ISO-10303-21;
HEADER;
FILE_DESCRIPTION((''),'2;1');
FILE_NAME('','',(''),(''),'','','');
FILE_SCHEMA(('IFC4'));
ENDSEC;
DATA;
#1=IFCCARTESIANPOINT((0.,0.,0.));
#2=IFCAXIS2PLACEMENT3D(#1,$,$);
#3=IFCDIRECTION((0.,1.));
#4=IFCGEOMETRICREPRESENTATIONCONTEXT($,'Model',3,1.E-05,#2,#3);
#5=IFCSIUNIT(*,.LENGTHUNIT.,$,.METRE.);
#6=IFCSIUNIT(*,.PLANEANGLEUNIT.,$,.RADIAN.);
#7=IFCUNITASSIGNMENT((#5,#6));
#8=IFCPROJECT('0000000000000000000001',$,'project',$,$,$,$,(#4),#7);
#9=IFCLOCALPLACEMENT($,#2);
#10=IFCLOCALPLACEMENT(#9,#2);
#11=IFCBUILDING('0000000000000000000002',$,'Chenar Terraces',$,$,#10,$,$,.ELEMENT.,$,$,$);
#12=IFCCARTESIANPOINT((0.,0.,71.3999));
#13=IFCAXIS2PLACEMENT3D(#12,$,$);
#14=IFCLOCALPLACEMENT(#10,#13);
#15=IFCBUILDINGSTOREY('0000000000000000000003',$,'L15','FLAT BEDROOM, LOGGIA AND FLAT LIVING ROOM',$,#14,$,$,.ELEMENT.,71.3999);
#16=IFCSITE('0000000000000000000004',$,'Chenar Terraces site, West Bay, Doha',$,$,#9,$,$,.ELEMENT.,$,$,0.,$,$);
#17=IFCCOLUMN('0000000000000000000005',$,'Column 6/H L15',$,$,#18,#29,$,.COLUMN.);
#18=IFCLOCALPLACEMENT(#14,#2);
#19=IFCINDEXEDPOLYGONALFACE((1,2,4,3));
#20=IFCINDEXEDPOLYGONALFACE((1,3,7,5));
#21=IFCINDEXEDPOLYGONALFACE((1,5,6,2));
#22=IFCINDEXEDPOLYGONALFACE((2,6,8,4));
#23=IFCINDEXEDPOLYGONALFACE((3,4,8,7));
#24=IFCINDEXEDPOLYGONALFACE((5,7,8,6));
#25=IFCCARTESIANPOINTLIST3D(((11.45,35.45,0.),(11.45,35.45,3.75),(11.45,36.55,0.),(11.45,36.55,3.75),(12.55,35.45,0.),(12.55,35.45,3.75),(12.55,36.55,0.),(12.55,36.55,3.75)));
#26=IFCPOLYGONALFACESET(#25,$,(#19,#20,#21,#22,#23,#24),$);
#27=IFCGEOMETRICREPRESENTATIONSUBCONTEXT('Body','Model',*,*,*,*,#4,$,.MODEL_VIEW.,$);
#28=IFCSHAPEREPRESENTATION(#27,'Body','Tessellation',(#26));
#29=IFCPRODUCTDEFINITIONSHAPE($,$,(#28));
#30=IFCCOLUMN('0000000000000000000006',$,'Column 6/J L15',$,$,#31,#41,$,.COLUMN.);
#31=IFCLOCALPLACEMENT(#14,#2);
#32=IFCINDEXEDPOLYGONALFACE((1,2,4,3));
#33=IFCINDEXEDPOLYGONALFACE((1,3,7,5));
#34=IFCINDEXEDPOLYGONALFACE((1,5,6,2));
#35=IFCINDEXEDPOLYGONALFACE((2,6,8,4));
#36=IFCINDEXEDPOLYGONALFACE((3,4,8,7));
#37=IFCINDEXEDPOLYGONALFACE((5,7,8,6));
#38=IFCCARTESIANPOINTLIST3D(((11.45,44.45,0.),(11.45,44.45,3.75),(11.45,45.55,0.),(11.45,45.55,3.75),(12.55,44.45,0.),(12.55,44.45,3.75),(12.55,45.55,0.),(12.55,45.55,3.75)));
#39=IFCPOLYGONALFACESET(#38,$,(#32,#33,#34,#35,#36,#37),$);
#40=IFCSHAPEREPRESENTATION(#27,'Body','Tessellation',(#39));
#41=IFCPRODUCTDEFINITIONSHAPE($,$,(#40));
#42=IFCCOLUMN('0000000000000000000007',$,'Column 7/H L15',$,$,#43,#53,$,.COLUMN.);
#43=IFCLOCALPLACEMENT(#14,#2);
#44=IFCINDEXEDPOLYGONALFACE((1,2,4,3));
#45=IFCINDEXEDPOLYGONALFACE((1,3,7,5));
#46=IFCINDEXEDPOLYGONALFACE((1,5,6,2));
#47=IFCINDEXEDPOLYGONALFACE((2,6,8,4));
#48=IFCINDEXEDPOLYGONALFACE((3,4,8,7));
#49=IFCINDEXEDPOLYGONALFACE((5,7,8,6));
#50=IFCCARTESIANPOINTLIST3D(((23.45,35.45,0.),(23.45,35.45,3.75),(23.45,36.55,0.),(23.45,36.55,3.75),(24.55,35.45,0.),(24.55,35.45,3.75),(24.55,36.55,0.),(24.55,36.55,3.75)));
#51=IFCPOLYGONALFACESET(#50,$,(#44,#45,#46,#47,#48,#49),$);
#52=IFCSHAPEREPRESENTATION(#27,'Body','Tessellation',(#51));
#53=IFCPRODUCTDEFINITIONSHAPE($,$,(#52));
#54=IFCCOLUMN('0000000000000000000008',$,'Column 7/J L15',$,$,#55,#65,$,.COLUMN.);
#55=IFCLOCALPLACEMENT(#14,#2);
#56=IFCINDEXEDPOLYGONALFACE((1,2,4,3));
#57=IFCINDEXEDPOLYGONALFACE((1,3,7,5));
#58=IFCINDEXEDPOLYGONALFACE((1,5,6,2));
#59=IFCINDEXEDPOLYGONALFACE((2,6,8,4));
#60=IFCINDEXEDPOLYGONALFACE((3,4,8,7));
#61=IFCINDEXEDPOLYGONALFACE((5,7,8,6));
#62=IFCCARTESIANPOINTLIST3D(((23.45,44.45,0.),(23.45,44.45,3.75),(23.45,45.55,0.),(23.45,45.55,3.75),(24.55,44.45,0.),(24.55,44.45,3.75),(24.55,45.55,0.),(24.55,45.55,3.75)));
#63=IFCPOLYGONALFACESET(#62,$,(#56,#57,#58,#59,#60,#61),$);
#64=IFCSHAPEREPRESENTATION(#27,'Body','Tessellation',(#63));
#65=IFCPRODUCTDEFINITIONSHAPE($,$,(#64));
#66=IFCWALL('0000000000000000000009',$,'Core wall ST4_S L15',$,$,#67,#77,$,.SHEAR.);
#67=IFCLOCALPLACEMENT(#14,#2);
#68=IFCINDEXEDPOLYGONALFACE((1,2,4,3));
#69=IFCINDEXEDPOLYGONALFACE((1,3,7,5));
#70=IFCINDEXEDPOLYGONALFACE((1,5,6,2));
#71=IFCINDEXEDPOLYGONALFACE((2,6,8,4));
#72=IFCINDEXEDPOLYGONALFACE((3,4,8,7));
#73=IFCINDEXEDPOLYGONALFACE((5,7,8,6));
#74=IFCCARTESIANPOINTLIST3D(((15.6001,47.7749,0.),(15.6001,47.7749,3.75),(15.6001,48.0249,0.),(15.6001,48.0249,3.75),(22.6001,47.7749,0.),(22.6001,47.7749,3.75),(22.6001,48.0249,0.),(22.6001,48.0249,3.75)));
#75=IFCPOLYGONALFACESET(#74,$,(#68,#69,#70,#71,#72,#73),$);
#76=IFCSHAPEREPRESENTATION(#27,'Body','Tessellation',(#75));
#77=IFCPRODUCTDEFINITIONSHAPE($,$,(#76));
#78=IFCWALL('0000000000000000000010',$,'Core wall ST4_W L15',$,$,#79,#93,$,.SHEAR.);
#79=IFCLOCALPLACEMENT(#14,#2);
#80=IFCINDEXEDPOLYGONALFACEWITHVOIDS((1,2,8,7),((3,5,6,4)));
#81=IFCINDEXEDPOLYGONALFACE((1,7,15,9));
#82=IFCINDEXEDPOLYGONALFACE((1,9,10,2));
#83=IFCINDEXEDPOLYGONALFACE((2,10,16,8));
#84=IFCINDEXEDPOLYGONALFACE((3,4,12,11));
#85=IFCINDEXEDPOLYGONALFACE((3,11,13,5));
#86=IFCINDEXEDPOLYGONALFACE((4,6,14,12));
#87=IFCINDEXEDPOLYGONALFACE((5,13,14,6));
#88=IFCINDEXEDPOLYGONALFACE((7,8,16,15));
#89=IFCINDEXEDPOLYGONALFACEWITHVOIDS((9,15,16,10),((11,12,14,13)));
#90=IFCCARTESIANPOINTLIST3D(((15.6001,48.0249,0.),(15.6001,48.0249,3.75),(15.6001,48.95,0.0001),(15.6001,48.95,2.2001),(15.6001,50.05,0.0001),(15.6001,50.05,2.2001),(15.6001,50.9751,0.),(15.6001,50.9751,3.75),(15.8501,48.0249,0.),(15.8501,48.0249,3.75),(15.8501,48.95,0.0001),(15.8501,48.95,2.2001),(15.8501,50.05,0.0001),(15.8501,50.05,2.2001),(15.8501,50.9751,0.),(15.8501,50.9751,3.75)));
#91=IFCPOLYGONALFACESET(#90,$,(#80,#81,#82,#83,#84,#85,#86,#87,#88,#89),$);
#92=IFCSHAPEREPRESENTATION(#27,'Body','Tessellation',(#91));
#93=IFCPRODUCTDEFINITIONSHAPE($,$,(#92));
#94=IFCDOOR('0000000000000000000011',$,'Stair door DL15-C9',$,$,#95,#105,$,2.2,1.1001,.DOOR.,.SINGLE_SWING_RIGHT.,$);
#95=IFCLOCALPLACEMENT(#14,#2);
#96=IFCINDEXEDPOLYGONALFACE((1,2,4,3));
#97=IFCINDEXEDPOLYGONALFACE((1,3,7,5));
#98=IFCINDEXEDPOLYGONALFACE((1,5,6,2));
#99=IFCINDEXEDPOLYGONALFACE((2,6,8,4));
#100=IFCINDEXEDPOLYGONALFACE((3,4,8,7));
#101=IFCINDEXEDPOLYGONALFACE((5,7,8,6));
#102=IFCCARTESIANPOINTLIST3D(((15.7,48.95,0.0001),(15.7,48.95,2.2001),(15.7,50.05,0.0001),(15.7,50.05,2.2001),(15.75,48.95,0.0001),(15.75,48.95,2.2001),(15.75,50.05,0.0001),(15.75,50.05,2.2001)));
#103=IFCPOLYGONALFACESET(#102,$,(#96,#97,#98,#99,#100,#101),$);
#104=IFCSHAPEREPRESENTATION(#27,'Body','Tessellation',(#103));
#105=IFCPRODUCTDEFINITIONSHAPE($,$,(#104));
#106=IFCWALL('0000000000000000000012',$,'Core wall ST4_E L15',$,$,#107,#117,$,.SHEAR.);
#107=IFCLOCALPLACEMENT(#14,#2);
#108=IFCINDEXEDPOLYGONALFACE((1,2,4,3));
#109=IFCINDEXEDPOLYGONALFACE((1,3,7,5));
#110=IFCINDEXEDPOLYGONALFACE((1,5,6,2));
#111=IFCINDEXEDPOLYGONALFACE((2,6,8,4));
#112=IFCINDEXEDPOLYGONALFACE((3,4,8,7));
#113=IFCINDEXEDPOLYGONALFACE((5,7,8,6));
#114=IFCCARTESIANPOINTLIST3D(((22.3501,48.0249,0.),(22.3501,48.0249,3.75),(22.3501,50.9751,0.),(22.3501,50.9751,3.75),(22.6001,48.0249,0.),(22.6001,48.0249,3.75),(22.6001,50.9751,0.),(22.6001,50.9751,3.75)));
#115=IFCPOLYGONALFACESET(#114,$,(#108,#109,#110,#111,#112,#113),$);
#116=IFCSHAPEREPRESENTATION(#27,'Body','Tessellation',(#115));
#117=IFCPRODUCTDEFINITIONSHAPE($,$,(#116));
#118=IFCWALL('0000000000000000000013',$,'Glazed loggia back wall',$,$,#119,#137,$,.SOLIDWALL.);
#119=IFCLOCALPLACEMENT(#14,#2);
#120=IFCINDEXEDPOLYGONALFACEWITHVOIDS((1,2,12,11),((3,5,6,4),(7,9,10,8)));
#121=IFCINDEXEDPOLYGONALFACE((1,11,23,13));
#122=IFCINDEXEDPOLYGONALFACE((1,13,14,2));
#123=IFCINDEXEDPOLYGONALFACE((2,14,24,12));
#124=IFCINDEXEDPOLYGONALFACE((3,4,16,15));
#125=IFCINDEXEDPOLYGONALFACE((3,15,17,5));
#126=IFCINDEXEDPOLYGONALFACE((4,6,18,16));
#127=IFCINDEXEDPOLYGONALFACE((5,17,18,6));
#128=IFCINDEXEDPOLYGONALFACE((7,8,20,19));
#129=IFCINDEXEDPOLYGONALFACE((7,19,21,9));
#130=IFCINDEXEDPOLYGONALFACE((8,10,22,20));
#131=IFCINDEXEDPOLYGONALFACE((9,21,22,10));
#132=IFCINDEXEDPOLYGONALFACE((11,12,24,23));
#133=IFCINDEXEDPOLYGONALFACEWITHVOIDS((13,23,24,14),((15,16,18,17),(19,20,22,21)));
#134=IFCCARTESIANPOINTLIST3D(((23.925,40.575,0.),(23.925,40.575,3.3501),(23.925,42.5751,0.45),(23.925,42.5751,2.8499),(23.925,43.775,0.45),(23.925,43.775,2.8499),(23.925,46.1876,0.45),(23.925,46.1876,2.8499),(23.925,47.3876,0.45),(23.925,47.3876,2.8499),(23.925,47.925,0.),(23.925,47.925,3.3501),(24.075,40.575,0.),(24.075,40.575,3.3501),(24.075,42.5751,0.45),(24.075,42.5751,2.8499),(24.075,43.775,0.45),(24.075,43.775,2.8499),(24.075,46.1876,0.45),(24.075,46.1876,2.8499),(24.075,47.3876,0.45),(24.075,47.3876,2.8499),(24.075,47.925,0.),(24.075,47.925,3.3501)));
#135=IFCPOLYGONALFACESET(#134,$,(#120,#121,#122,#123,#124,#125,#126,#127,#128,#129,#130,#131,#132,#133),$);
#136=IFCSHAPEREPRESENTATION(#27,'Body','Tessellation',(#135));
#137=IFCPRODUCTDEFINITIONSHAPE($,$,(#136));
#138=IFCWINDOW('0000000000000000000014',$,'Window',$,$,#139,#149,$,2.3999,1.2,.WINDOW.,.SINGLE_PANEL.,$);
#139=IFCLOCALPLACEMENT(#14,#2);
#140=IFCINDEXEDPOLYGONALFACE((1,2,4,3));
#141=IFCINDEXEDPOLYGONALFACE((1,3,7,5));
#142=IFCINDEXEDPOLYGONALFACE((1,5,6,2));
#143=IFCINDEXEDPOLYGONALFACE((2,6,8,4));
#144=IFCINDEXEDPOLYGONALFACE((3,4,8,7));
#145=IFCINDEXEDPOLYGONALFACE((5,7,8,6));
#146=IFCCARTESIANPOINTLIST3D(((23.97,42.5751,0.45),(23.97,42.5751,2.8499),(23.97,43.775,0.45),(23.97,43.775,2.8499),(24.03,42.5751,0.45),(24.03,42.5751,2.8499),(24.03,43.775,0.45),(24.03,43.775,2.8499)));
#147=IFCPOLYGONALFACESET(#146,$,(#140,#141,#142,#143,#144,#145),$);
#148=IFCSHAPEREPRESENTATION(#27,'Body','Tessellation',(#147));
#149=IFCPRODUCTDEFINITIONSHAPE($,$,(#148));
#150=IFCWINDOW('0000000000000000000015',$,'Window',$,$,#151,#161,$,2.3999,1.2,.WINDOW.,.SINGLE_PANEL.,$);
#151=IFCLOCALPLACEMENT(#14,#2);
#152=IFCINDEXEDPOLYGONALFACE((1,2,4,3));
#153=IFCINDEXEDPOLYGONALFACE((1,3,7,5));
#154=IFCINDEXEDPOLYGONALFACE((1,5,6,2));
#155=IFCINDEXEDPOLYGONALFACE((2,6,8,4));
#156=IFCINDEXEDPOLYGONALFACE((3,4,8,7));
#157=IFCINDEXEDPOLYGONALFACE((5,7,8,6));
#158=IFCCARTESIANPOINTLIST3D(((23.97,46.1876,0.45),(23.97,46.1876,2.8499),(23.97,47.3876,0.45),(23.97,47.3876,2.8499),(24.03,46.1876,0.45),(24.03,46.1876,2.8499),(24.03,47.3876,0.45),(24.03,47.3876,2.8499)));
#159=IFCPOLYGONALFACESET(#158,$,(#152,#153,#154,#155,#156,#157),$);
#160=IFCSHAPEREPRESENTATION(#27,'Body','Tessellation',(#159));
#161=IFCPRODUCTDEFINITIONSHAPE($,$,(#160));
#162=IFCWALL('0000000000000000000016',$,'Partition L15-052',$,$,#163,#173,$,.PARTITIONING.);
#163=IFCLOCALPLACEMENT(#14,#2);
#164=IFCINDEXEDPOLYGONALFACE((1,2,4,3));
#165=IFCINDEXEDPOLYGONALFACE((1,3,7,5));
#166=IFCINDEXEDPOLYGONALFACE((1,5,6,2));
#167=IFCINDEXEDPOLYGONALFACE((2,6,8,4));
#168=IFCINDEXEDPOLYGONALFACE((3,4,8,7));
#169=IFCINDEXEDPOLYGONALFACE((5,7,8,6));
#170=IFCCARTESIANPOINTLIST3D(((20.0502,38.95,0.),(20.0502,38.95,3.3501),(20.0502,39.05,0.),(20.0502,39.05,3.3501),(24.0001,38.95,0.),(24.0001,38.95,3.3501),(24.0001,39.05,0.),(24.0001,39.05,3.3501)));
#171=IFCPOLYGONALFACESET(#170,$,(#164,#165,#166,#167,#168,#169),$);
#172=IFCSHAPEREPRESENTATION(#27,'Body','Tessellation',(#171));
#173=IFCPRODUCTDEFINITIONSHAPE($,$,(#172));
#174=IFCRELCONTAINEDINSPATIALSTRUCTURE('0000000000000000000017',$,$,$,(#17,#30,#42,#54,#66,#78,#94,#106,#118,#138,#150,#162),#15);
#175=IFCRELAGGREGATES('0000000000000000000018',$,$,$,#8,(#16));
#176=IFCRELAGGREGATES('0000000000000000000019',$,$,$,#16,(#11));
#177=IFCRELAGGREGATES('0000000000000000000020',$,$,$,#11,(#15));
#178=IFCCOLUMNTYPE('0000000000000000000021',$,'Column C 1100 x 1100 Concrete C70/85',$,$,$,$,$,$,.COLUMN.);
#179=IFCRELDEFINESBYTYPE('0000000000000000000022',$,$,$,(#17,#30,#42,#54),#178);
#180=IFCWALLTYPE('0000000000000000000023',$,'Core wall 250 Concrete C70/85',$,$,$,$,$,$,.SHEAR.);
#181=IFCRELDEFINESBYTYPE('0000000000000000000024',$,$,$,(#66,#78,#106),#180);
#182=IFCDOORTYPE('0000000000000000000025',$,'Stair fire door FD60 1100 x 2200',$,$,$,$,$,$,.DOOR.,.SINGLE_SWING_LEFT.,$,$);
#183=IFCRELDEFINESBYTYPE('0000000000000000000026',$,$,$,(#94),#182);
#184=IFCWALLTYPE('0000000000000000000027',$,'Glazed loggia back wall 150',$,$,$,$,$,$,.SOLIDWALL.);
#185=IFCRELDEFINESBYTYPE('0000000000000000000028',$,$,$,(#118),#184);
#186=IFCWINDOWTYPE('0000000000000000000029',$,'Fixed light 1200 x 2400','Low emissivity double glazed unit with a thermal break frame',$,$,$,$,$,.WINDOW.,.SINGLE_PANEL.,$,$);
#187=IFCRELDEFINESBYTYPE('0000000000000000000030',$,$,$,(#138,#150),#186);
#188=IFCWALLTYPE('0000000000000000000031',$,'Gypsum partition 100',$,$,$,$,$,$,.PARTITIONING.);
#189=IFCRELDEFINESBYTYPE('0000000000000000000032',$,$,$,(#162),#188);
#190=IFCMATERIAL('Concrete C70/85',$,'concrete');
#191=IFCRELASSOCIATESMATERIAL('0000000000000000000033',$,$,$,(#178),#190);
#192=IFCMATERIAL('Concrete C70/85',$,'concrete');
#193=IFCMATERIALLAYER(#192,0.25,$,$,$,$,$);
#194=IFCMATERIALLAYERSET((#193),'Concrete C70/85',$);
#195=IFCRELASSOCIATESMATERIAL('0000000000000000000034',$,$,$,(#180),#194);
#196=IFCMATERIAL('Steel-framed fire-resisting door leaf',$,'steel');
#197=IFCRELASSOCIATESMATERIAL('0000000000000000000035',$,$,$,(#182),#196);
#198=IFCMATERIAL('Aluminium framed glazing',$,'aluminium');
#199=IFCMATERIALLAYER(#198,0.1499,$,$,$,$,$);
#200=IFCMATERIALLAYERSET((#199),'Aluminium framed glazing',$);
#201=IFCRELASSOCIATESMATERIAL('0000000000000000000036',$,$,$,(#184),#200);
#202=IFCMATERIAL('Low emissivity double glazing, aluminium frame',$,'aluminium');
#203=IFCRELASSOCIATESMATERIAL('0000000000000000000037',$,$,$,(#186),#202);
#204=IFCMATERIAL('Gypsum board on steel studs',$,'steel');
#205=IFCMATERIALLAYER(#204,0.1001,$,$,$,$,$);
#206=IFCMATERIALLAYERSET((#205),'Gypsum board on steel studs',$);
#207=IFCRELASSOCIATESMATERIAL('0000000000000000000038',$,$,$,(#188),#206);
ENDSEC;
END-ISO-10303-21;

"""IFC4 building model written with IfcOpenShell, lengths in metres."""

from ifc_helpers import new_model, si_unit, direction, frame, frame_2d, origin, origin_2d, place, context, subcontext, project, spatial, rectangle, extrude, material, layer, layer_set, material_profile, profile_set, type_object, element, fill, save


model = new_model("IFC4")

# Units and contexts
model_context = context("Model", 3, precision=1e-05, world=origin(), true_north=direction((0.0, 1.0)))
body_context = subcontext(model_context, "Body", "Model", "MODEL_VIEW")
ifc_project = project(units=[si_unit("LENGTHUNIT", "METRE"), si_unit("PLANEANGLEUNIT", "RADIAN")], contexts=[model_context])

# Site, building, storey
site_placement = place(None, origin())
site = spatial("IfcSite", under=ifc_project, at=site_placement, Name="Chenar Terraces site, West Bay, Doha", CompositionType="ELEMENT", RefElevation=0.0)
building_placement = place(site_placement, origin())
building = spatial("IfcBuilding", under=site, at=building_placement, Name="Chenar Terraces", CompositionType="ELEMENT")
storey_placement = place(building_placement, frame((0.0, 0.0, 71.3999)))
storey = spatial("IfcBuildingStorey", under=building, at=storey_placement, Name="L15", Description="FLAT BEDROOM, LOGGIA AND FLAT LIVING ROOM", CompositionType="ELEMENT", Elevation=71.3999)

# Columns
ifc_material_1 = material(Name="Concrete C70/85", Category="concrete")
ifc_material_profile = material_profile(ifc_material_1, rectangle(XDim=1.1001, YDim=1.1001, at=origin_2d()), Name="C 1100 x 1100")
ifc_profile_set = profile_set([ifc_material_profile], Name="Concrete C70/85")
column_type = type_object("IfcColumnType", Name="Column C 1100 x 1100 Concrete C70/85", PredefinedType="COLUMN", material=ifc_profile_set)
for number, where, z_axis, x_axis, name in (
    (1, (12.0, 36.0, 0.0), (0.0, 0.0, 1.0), (1.0, 0.0, 0.0), "Column 6/H L15"),
    (2, (12.0, 45.0, 0.0), (0.0, 0.0, 1.0), (1.0, 0.0, 0.0), "Column 6/J L15"),
    (3, (24.0, 36.0, 0.0), (0.0, 0.0, 1.0), (1.0, 0.0, 0.0), "Column 7/H L15"),
    (4, (24.0, 45.0, 0.0), (0.0, 0.0, 1.0), (1.0, 0.0, 0.0), "Column 7/J L15"),
):
    element("IfcColumn", number, at=place(storey_placement, frame(where, z_axis=z_axis, x_axis=x_axis)), inside=storey, type_object=column_type, Name=name, PredefinedType="COLUMN", context=body_context, shape_type="SweptSolid", body=[
        extrude(rectangle(XDim=1.1001, YDim=1.1001, at=origin_2d()), origin(), (0.0, 0.0, 1.0), 3.75),
    ])

# Wall
ifc_material_2 = material(Name="Concrete C70/85", Category="concrete")
ifc_layer_1 = layer(ifc_material_2, 0.25)
ifc_layer_set_1 = layer_set([ifc_layer_1], Name="Concrete C70/85")
wall_type_1 = type_object("IfcWallType", Name="Core wall 250 Concrete C70/85", PredefinedType="SHEAR", material=ifc_layer_set_1)
wall_1_placement = place(storey_placement, frame((15.6001, 47.8999, 0.0), z_axis=(0.0, 0.0, 1.0), x_axis=(1.0, 0.0, 0.0)))
element("IfcWall", 5, at=wall_1_placement, inside=storey, type_object=wall_type_1, Name="Core wall ST4_S L15", PredefinedType="SHEAR", context=body_context, shape_type="SweptSolid", body=[
    extrude(rectangle(XDim=7.0, YDim=0.25, at=frame_2d((3.5, 0.0))), origin(), (0.0, 0.0, 1.0), 3.75),
])

# Wall, opening, door
wall_2_placement = place(storey_placement, frame((15.7251, 48.0249, 0.0), z_axis=(0.0, 0.0, 1.0), x_axis=(0.0, 1.0, 0.0)))
wall_2 = element("IfcWall", 6, at=wall_2_placement, inside=storey, type_object=wall_type_1, Name="Core wall ST4_W L15", PredefinedType="SHEAR", context=body_context, shape_type="SweptSolid", body=[
    extrude(rectangle(XDim=2.9502, YDim=0.25, at=frame_2d((1.4751, 0.0))), origin(), (0.0, 0.0, 1.0), 3.75),
])
opening_1_placement = place(wall_2_placement, frame((0.925, 0.0, 0.0)))
opening_1 = element("IfcOpeningElement", 7, at=opening_1_placement, cuts=wall_2, PredefinedType="OPENING", context=body_context, shape_type="SweptSolid", body=[
    extrude(rectangle(XDim=1.1001, YDim=2.2, at=frame_2d((0.55, 1.1001))), frame((0.0, 0.135, 0.0), z_axis=(0.0, -1.0, 0.0), x_axis=(1.0, 0.0, 0.0)), (0.0, 0.0, 1.0), 0.27),
])
ifc_material_3 = material(Name="Steel-framed fire-resisting door leaf", Category="steel")
door_type_1 = type_object("IfcDoorType", Name="Stair fire door FD60 1100 x 2200", OperationType="SINGLE_SWING_LEFT", PredefinedType="DOOR", material=ifc_material_3)
door_1_placement = place(opening_1_placement, frame((1.1001, 0.0, 0.0), z_axis=(0.0, 0.0, 1.0), x_axis=(-1.0, 0.0, 0.0)))
door_1 = element("IfcDoor", 8, at=door_1_placement, inside=storey, type_object=door_type_1, Name="Stair door DL15-C9", OperationType="SINGLE_SWING_RIGHT", OverallHeight=2.2, OverallWidth=1.1001, PredefinedType="DOOR", context=body_context, shape_type="SweptSolid", body=[
    extrude(rectangle(XDim=1.1001, YDim=2.2, at=frame_2d((0.55, 1.1001))), frame((0.0, 0.0249, 0.0), z_axis=(0.0, -1.0, 0.0), x_axis=(1.0, 0.0, 0.0)), (0.0, 0.0, 1.0), 0.05),
])
fill(opening_1, door_1)

# Wall
wall_3_placement = place(storey_placement, frame((22.4751, 48.0249, 0.0), z_axis=(0.0, 0.0, 1.0), x_axis=(0.0, 1.0, 0.0)))
element("IfcWall", 9, at=wall_3_placement, inside=storey, type_object=wall_type_1, Name="Core wall ST4_E L15", PredefinedType="SHEAR", context=body_context, shape_type="SweptSolid", body=[
    extrude(rectangle(XDim=2.9502, YDim=0.25, at=frame_2d((1.4751, 0.0))), origin(), (0.0, 0.0, 1.0), 3.75),
])

# Wall, openings, windows
ifc_material_4 = material(Name="Aluminium framed glazing", Category="aluminium")
ifc_layer_2 = layer(ifc_material_4, 0.1499)
ifc_layer_set_2 = layer_set([ifc_layer_2], Name="Aluminium framed glazing")
wall_type_2 = type_object("IfcWallType", Name="Glazed loggia back wall 150", PredefinedType="SOLIDWALL", material=ifc_layer_set_2)
wall_4_placement = place(storey_placement, frame((24.0, 40.575, 0.0), z_axis=(0.0, 0.0, 1.0), x_axis=(0.0, 1.0, 0.0)))
wall_4 = element("IfcWall", 10, at=wall_4_placement, inside=storey, type_object=wall_type_2, Name="Glazed loggia back wall", PredefinedType="SOLIDWALL", context=body_context, shape_type="SweptSolid", body=[
    extrude(rectangle(XDim=7.3501, YDim=0.1499, at=frame_2d((3.675, 0.0))), origin(), (0.0, 0.0, 1.0), 3.3501),
])
opening_2_placement = place(wall_4_placement, frame((2.0, 0.0, 0.45)))
opening_2 = element("IfcOpeningElement", 11, at=opening_2_placement, cuts=wall_4, PredefinedType="OPENING", context=body_context, shape_type="SweptSolid", body=[
    extrude(rectangle(XDim=1.2, YDim=2.3999, at=frame_2d((0.6001, 1.2))), frame((0.0, 0.085, 0.0), z_axis=(0.0, -1.0, 0.0), x_axis=(1.0, 0.0, 0.0)), (0.0, 0.0, 1.0), 0.1699),
])
opening_3_placement = place(wall_4_placement, frame((5.6125, 0.0, 0.45)))
opening_3 = element("IfcOpeningElement", 12, at=opening_3_placement, cuts=wall_4, PredefinedType="OPENING", context=body_context, shape_type="SweptSolid", body=[
    extrude(rectangle(XDim=1.2, YDim=2.3999, at=frame_2d((0.6001, 1.2))), frame((0.0, 0.085, 0.0), z_axis=(0.0, -1.0, 0.0), x_axis=(1.0, 0.0, 0.0)), (0.0, 0.0, 1.0), 0.1699),
])
ifc_material_5 = material(Name="Low emissivity double glazing, aluminium frame", Category="aluminium")
window_type = type_object("IfcWindowType", Name="Fixed light 1200 x 2400", Description="Low emissivity double glazed unit with a thermal break frame", PartitioningType="SINGLE_PANEL", PredefinedType="WINDOW", material=ifc_material_5)
window_1_placement = place(opening_2_placement, origin())
window_1 = element("IfcWindow", 13, at=window_1_placement, inside=storey, type_object=window_type, Name="Window", OverallHeight=2.3999, OverallWidth=1.2, PartitioningType="SINGLE_PANEL", PredefinedType="WINDOW", context=body_context, shape_type="SweptSolid", body=[
    extrude(rectangle(XDim=1.2, YDim=2.3999, at=frame_2d((0.6001, 1.2))), frame((0.0, 0.03, 0.0), z_axis=(0.0, -1.0, 0.0), x_axis=(1.0, 0.0, 0.0)), (0.0, 0.0, 1.0), 0.0601),
])
fill(opening_2, window_1)
window_2_placement = place(opening_3_placement, origin())
window_2 = element("IfcWindow", 14, at=window_2_placement, inside=storey, type_object=window_type, Name="Window", OverallHeight=2.3999, OverallWidth=1.2, PartitioningType="SINGLE_PANEL", PredefinedType="WINDOW", context=body_context, shape_type="SweptSolid", body=[
    extrude(rectangle(XDim=1.2, YDim=2.3999, at=frame_2d((0.6001, 1.2))), frame((0.0, 0.03, 0.0), z_axis=(0.0, -1.0, 0.0), x_axis=(1.0, 0.0, 0.0)), (0.0, 0.0, 1.0), 0.0601),
])
fill(opening_3, window_2)

# Wall
ifc_material_6 = material(Name="Gypsum board on steel studs", Category="steel")
ifc_layer_3 = layer(ifc_material_6, 0.1001)
ifc_layer_set_3 = layer_set([ifc_layer_3], Name="Gypsum board on steel studs")
wall_type_3 = type_object("IfcWallType", Name="Gypsum partition 100", PredefinedType="PARTITIONING", material=ifc_layer_set_3)
wall_5_placement = place(storey_placement, frame((20.05, 39.0, 0.0), z_axis=(0.0, 0.0, 1.0), x_axis=(1.0, 0.0, 0.0)))
element("IfcWall", 15, at=wall_5_placement, inside=storey, type_object=wall_type_3, Name="Partition L15-052", PredefinedType="PARTITIONING", context=body_context, shape_type="SweptSolid", body=[
    extrude(rectangle(XDim=3.95, YDim=0.1001, at=frame_2d((1.9751, 0.0))), origin(), (0.0, 0.0, 1.0), 3.3501),
])

save(model, "model.ifc")
